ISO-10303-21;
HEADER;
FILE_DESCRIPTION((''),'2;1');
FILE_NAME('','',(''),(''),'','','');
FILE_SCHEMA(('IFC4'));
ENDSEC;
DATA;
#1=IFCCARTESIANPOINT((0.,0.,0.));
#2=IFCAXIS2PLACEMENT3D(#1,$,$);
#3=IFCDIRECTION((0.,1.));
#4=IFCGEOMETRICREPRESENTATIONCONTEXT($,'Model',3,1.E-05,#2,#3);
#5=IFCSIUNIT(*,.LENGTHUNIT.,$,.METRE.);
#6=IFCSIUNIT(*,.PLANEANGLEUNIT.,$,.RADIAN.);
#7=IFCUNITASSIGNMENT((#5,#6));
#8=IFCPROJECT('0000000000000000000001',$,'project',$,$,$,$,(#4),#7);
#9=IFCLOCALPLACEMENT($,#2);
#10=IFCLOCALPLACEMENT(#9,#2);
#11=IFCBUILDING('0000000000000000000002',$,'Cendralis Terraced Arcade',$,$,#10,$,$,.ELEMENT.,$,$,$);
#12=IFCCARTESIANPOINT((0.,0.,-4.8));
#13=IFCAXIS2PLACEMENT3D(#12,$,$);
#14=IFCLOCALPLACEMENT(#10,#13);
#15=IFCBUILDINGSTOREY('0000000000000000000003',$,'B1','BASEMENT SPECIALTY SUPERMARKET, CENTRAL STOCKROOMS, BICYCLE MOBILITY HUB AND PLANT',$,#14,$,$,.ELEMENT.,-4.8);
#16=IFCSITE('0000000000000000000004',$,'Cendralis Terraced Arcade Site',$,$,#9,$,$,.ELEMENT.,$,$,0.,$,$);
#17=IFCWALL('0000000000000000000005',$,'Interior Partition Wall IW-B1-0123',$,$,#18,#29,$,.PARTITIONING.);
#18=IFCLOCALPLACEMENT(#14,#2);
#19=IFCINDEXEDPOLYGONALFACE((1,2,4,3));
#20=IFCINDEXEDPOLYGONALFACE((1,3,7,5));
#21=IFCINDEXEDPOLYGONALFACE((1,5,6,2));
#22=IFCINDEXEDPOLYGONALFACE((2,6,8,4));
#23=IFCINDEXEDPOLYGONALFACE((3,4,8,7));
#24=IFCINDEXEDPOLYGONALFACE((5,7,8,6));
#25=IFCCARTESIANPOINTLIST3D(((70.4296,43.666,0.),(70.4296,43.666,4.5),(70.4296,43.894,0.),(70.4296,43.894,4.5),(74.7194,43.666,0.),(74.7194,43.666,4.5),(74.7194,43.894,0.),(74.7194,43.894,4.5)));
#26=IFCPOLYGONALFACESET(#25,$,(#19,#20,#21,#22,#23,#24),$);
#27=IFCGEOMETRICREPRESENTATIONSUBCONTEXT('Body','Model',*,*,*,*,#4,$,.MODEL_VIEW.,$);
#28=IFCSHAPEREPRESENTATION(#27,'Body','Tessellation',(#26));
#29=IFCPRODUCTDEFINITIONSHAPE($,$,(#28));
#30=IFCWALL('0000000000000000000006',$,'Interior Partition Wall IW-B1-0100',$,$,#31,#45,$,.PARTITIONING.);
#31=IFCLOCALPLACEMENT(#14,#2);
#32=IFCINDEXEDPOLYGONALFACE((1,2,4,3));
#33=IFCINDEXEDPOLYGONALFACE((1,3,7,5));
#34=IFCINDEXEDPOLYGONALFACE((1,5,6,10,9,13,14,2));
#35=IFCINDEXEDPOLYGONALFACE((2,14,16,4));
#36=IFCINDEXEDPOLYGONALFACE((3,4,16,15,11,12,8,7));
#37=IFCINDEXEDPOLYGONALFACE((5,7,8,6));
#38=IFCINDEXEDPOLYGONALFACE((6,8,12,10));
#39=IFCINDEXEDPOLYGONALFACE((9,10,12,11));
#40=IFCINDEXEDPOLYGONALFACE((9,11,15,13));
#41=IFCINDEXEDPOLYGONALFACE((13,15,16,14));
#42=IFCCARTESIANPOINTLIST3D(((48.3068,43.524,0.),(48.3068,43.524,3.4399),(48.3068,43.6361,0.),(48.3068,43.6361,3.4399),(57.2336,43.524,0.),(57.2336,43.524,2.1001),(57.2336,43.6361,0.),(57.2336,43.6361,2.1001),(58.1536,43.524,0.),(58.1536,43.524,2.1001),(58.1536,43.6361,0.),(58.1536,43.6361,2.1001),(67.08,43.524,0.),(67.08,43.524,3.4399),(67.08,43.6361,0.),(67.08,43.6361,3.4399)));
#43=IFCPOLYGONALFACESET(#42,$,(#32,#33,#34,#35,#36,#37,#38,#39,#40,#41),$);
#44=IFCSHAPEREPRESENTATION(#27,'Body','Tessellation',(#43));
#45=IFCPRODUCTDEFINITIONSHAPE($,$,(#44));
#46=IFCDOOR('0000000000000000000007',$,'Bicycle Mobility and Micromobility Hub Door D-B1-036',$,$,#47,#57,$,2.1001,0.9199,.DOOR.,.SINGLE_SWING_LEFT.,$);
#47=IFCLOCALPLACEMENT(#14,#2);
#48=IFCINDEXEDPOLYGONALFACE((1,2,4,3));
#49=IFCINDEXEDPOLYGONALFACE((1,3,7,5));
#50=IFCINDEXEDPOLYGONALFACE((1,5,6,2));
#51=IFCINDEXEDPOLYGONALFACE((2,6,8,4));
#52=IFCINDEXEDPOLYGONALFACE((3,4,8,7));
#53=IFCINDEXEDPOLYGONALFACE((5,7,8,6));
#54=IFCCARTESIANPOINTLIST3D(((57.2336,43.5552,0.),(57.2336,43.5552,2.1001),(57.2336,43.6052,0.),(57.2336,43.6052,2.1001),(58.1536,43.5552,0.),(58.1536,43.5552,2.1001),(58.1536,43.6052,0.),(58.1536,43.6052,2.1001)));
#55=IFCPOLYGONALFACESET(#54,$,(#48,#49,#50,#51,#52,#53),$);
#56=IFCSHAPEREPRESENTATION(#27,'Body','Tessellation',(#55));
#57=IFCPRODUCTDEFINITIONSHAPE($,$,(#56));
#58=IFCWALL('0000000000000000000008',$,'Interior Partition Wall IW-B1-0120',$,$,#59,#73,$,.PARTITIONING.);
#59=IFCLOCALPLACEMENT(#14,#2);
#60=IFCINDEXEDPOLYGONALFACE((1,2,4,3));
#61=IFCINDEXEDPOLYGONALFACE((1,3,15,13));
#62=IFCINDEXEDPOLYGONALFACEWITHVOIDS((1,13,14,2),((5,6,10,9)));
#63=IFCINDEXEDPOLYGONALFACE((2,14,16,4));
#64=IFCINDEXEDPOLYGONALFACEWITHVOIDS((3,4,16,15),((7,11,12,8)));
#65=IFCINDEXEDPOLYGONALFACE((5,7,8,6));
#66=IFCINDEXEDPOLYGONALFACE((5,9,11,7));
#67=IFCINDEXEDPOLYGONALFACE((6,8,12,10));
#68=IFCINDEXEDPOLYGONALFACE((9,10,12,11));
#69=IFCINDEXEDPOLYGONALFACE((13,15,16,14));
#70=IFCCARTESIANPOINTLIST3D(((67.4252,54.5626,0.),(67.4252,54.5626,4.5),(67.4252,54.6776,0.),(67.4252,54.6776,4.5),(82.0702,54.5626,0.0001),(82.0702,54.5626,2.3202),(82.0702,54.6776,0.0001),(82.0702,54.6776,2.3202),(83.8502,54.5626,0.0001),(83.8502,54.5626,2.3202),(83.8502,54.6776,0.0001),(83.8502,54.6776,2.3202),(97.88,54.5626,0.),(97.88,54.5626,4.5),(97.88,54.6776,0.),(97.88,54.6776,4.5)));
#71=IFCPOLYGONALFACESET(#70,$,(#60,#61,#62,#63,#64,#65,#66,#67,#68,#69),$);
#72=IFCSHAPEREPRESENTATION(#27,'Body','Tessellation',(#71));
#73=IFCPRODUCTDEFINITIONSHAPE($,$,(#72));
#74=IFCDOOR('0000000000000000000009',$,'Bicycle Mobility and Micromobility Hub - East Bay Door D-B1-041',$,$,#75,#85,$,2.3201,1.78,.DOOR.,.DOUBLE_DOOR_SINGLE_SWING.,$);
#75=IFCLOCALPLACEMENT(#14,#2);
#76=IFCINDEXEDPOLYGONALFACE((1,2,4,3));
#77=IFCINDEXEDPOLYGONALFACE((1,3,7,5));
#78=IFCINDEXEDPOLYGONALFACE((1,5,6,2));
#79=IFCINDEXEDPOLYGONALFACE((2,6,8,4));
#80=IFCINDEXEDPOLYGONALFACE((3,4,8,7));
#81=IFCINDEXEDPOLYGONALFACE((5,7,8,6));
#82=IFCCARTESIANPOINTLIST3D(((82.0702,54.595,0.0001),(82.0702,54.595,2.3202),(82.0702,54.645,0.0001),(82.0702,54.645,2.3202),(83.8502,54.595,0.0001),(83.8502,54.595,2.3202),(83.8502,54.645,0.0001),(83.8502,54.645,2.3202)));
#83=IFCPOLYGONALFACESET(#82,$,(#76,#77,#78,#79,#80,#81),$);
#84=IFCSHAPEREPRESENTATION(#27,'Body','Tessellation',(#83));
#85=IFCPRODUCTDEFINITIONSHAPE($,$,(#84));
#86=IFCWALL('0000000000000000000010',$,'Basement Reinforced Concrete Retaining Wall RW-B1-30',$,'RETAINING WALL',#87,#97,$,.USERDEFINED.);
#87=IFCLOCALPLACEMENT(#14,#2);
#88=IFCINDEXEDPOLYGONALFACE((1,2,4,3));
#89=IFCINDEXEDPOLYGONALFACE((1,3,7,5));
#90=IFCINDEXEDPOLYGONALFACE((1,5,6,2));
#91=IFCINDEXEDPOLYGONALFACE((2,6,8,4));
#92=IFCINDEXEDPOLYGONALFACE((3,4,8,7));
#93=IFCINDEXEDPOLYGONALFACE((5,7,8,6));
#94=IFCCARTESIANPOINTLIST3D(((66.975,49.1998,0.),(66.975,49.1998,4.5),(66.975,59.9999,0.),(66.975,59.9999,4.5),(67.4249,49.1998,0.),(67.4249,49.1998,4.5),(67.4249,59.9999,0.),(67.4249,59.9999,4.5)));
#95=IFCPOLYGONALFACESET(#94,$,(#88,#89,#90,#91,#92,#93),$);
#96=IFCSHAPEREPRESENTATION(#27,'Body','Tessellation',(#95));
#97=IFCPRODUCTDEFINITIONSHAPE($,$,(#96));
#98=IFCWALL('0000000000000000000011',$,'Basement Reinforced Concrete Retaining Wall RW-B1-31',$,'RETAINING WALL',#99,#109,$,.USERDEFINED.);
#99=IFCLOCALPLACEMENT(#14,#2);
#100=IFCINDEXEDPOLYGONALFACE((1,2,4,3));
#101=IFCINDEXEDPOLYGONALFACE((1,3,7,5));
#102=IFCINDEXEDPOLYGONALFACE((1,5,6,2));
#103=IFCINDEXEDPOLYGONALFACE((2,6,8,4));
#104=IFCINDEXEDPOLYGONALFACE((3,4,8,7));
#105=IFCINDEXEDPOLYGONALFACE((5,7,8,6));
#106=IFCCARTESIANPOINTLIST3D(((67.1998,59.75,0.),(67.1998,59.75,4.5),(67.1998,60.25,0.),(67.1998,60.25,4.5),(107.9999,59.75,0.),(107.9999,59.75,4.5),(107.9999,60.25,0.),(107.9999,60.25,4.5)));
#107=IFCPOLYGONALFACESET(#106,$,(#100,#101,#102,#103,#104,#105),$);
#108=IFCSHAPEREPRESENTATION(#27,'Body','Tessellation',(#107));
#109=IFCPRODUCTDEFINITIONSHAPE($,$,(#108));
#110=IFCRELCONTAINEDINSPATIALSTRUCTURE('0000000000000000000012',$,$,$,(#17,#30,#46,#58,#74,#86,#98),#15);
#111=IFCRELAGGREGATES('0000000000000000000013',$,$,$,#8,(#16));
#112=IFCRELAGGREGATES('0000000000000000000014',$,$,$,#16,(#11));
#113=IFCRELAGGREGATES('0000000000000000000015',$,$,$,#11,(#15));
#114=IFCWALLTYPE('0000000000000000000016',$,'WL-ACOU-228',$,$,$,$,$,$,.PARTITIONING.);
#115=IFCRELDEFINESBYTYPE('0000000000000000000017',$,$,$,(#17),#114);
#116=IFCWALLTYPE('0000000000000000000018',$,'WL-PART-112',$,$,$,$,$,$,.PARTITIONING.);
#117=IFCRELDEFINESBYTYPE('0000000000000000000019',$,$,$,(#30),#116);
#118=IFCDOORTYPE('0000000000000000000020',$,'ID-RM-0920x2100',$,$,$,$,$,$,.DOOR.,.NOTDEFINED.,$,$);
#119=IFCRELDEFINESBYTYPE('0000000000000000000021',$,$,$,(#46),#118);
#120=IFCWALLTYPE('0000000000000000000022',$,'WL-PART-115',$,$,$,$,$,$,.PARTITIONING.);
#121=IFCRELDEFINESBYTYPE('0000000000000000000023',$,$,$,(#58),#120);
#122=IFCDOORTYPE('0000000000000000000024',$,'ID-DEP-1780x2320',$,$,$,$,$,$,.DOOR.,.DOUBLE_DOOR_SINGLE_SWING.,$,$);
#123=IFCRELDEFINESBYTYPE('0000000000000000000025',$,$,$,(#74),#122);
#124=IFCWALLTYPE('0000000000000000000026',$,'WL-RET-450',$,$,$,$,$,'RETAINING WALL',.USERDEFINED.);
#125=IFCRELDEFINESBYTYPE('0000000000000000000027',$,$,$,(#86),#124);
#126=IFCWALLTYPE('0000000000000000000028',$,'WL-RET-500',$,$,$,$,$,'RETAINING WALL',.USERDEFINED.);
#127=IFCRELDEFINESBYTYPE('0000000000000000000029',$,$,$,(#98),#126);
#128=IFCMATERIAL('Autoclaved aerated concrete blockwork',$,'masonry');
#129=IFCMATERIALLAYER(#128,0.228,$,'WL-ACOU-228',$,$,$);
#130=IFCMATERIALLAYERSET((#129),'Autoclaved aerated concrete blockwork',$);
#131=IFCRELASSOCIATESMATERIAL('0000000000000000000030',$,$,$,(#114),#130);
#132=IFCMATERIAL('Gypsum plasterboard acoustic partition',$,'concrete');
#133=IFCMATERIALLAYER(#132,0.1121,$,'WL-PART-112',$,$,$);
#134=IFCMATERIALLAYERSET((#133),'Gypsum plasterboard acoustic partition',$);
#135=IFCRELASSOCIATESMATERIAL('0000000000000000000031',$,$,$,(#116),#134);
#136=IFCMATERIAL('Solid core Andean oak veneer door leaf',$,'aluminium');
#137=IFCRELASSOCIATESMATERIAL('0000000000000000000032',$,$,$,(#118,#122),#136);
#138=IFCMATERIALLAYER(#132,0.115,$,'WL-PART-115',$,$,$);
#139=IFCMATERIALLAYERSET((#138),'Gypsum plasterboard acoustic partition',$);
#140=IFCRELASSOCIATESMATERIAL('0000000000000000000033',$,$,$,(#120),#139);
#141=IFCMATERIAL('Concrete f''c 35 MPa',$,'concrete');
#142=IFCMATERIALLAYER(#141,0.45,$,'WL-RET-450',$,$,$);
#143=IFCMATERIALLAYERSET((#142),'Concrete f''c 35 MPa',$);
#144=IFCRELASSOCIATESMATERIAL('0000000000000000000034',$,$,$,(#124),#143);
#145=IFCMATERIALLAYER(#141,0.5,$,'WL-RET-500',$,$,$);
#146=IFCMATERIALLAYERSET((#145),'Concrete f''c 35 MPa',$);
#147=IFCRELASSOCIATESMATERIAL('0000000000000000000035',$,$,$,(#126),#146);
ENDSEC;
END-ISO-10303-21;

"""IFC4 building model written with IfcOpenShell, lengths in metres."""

from ifc_helpers import new_model, si_unit, direction, frame, frame_2d, origin, place, context, subcontext, project, spatial, rectangle, extrude, material, layer, layer_set, type_object, element, fill, save


model = new_model("IFC4")

# Units and contexts
model_context = context("Model", 3, precision=1e-05, world=origin(), true_north=direction((0.0, 1.0)))
body_context = subcontext(model_context, "Body", "Model", "MODEL_VIEW")
ifc_project = project(units=[si_unit("LENGTHUNIT", "METRE"), si_unit("PLANEANGLEUNIT", "RADIAN")], contexts=[model_context])

# Site, building, storey
site_placement = place(None, origin())
site = spatial("IfcSite", under=ifc_project, at=site_placement, Name="Cendralis Terraced Arcade Site", CompositionType="ELEMENT", RefElevation=0.0)
building_placement = place(site_placement, origin())
building = spatial("IfcBuilding", under=site, at=building_placement, Name="Cendralis Terraced Arcade", CompositionType="ELEMENT")
storey_placement = place(building_placement, frame((0.0, 0.0, -4.8)))
storey = spatial("IfcBuildingStorey", under=building, at=storey_placement, Name="B1", Description="BASEMENT SPECIALTY SUPERMARKET, CENTRAL STOCKROOMS, BICYCLE MOBILITY HUB AND PLANT", CompositionType="ELEMENT", Elevation=-4.8)

# Shared definitions
ifc_material_1 = material(Name="Concrete f'c 35 MPa", Category="concrete")

# Wall
ifc_material_2 = material(Name="Gypsum plasterboard acoustic partition", Category="concrete")
ifc_material_3 = material(Name="Autoclaved aerated concrete blockwork", Category="masonry")
ifc_layer_1 = layer(ifc_material_3, 0.228, Name="WL-ACOU-228")
ifc_layer_set_1 = layer_set([ifc_layer_1], Name="Autoclaved aerated concrete blockwork")
wall_type_1 = type_object("IfcWallType", Name="WL-ACOU-228", PredefinedType="PARTITIONING", material=ifc_layer_set_1)
wall_1_placement = place(storey_placement, frame((74.7195, 43.78, 0.0), z_axis=(0.0, 0.0, 1.0), x_axis=(-1.0, 0.0, 0.0)))
element("IfcWall", 1, at=wall_1_placement, inside=storey, type_object=wall_type_1, Name="Interior Partition Wall IW-B1-0123", PredefinedType="PARTITIONING", context=body_context, shape_type="SweptSolid", body=[
    extrude(rectangle(XDim=4.2898, YDim=0.228, at=frame_2d((2.145, 0.0))), origin(), (0.0, 0.0, 1.0), 4.5),
])

# Walls, openings, doors
ifc_layer_2 = layer(ifc_material_2, 0.1121, Name="WL-PART-112")
ifc_layer_set_2 = layer_set([ifc_layer_2], Name="Gypsum plasterboard acoustic partition")
wall_type_2 = type_object("IfcWallType", Name="WL-PART-112", PredefinedType="PARTITIONING", material=ifc_layer_set_2)
wall_2_placement = place(storey_placement, frame((67.0801, 43.5801, 0.0), z_axis=(0.0, 0.0, 1.0), x_axis=(-1.0, 0.0, 0.0)))
wall_2 = element("IfcWall", 2, at=wall_2_placement, inside=storey, type_object=wall_type_2, Name="Interior Partition Wall IW-B1-0100", PredefinedType="PARTITIONING", context=body_context, shape_type="SweptSolid", body=[
    extrude(rectangle(XDim=18.7732, YDim=0.1121, at=frame_2d((9.3867, 0.0))), origin(), (0.0, 0.0, 1.0), 3.4399),
])
opening_1_placement = place(wall_2_placement, frame((8.9265, 0.0, 0.0)))
opening_1 = element("IfcOpeningElement", 3, at=opening_1_placement, cuts=wall_2, PredefinedType="OPENING", context=body_context, shape_type="SweptSolid", body=[
    extrude(rectangle(XDim=0.9199, YDim=2.1001, at=frame_2d((0.46, 1.05))), frame((0.0, 0.0679, 0.0), z_axis=(0.0, -1.0, 0.0), x_axis=(1.0, 0.0, 0.0)), (0.0, 0.0, 1.0), 0.136),
])
ifc_material_4 = material(Name="Solid core Andean oak veneer door leaf", Category="aluminium")
door_type_1 = type_object("IfcDoorType", Name="ID-RM-0920x2100", OperationType="NOTDEFINED", PredefinedType="DOOR", material=ifc_material_4)
door_1_placement = place(opening_1_placement, origin())
door_1 = element("IfcDoor", 4, at=door_1_placement, inside=storey, type_object=door_type_1, Name="Bicycle Mobility and Micromobility Hub Door D-B1-036", OperationType="SINGLE_SWING_LEFT", OverallHeight=2.1001, OverallWidth=0.9199, PredefinedType="DOOR", context=body_context, shape_type="SweptSolid", body=[
    extrude(rectangle(XDim=0.9199, YDim=2.1001, at=frame_2d((0.46, 1.05))), frame((0.0, 0.0249, 0.0), z_axis=(0.0, -1.0, 0.0), x_axis=(1.0, 0.0, 0.0)), (0.0, 0.0, 1.0), 0.05),
])
fill(opening_1, door_1)
ifc_layer_3 = layer(ifc_material_2, 0.115, Name="WL-PART-115")
ifc_layer_set_3 = layer_set([ifc_layer_3], Name="Gypsum plasterboard acoustic partition")
wall_type_3 = type_object("IfcWallType", Name="WL-PART-115", PredefinedType="PARTITIONING", material=ifc_layer_set_3)
wall_3_placement = place(storey_placement, frame((67.425, 54.6201, 0.0), z_axis=(0.0, 0.0, 1.0), x_axis=(1.0, 0.0, 0.0)))
wall_3 = element("IfcWall", 5, at=wall_3_placement, inside=storey, type_object=wall_type_3, Name="Interior Partition Wall IW-B1-0120", PredefinedType="PARTITIONING", context=body_context, shape_type="SweptSolid", body=[
    extrude(rectangle(XDim=30.4548, YDim=0.115, at=frame_2d((15.2275, 0.0))), origin(), (0.0, 0.0, 1.0), 4.5),
])
opening_2_placement = place(wall_3_placement, frame((14.645, 0.0, 0.0)))
opening_2 = element("IfcOpeningElement", 6, at=opening_2_placement, cuts=wall_3, PredefinedType="OPENING", context=body_context, shape_type="SweptSolid", body=[
    extrude(rectangle(XDim=1.78, YDim=2.3201, at=frame_2d((0.8901, 1.1602))), frame((0.0, 0.0693, 0.0), z_axis=(0.0, -1.0, 0.0), x_axis=(1.0, 0.0, 0.0)), (0.0, 0.0, 1.0), 0.1389),
])
door_type_2 = type_object("IfcDoorType", Name="ID-DEP-1780x2320", OperationType="DOUBLE_DOOR_SINGLE_SWING", PredefinedType="DOOR", material=ifc_material_4)
door_2_placement = place(opening_2_placement, origin())
door_2 = element("IfcDoor", 7, at=door_2_placement, inside=storey, type_object=door_type_2, Name="Bicycle Mobility and Micromobility Hub - East Bay Door D-B1-041", OperationType="DOUBLE_DOOR_SINGLE_SWING", OverallHeight=2.3201, OverallWidth=1.78, PredefinedType="DOOR", context=body_context, shape_type="SweptSolid", body=[
    extrude(rectangle(XDim=1.78, YDim=2.3201, at=frame_2d((0.8901, 1.1602))), frame((0.0, 0.0249, 0.0), z_axis=(0.0, -1.0, 0.0), x_axis=(1.0, 0.0, 0.0)), (0.0, 0.0, 1.0), 0.05),
])
fill(opening_2, door_2)

# Walls
ifc_layer_4 = layer(ifc_material_1, 0.45, Name="WL-RET-450")
ifc_layer_set_4 = layer_set([ifc_layer_4], Name="Concrete f'c 35 MPa")
wall_type_4 = type_object("IfcWallType", Name="WL-RET-450", ElementType="RETAINING WALL", PredefinedType="USERDEFINED", material=ifc_layer_set_4)
wall_4_placement = place(storey_placement, frame((67.2, 49.2, 0.0), z_axis=(0.0, 0.0, 1.0), x_axis=(0.0, 1.0, 0.0)))
element("IfcWall", 8, at=wall_4_placement, inside=storey, type_object=wall_type_4, Name="Basement Reinforced Concrete Retaining Wall RW-B1-30", ObjectType="RETAINING WALL", PredefinedType="USERDEFINED", context=body_context, shape_type="SweptSolid", body=[
    extrude(rectangle(XDim=10.8, YDim=0.45, at=frame_2d((5.3999, 0.0))), origin(), (0.0, 0.0, 1.0), 4.5),
])
ifc_layer_5 = layer(ifc_material_1, 0.5, Name="WL-RET-500")
ifc_layer_set_5 = layer_set([ifc_layer_5], Name="Concrete f'c 35 MPa")
wall_type_5 = type_object("IfcWallType", Name="WL-RET-500", ElementType="RETAINING WALL", PredefinedType="USERDEFINED", material=ifc_layer_set_5)
wall_5_placement = place(storey_placement, frame((67.2, 60.0, 0.0), z_axis=(0.0, 0.0, 1.0), x_axis=(1.0, 0.0, 0.0)))
element("IfcWall", 9, at=wall_5_placement, inside=storey, type_object=wall_type_5, Name="Basement Reinforced Concrete Retaining Wall RW-B1-31", ObjectType="RETAINING WALL", PredefinedType="USERDEFINED", context=body_context, shape_type="SweptSolid", body=[
    extrude(rectangle(XDim=40.8, YDim=0.5, at=frame_2d((20.3999, 0.0))), origin(), (0.0, 0.0, 1.0), 4.5),
])

save(model, "model.ifc")
